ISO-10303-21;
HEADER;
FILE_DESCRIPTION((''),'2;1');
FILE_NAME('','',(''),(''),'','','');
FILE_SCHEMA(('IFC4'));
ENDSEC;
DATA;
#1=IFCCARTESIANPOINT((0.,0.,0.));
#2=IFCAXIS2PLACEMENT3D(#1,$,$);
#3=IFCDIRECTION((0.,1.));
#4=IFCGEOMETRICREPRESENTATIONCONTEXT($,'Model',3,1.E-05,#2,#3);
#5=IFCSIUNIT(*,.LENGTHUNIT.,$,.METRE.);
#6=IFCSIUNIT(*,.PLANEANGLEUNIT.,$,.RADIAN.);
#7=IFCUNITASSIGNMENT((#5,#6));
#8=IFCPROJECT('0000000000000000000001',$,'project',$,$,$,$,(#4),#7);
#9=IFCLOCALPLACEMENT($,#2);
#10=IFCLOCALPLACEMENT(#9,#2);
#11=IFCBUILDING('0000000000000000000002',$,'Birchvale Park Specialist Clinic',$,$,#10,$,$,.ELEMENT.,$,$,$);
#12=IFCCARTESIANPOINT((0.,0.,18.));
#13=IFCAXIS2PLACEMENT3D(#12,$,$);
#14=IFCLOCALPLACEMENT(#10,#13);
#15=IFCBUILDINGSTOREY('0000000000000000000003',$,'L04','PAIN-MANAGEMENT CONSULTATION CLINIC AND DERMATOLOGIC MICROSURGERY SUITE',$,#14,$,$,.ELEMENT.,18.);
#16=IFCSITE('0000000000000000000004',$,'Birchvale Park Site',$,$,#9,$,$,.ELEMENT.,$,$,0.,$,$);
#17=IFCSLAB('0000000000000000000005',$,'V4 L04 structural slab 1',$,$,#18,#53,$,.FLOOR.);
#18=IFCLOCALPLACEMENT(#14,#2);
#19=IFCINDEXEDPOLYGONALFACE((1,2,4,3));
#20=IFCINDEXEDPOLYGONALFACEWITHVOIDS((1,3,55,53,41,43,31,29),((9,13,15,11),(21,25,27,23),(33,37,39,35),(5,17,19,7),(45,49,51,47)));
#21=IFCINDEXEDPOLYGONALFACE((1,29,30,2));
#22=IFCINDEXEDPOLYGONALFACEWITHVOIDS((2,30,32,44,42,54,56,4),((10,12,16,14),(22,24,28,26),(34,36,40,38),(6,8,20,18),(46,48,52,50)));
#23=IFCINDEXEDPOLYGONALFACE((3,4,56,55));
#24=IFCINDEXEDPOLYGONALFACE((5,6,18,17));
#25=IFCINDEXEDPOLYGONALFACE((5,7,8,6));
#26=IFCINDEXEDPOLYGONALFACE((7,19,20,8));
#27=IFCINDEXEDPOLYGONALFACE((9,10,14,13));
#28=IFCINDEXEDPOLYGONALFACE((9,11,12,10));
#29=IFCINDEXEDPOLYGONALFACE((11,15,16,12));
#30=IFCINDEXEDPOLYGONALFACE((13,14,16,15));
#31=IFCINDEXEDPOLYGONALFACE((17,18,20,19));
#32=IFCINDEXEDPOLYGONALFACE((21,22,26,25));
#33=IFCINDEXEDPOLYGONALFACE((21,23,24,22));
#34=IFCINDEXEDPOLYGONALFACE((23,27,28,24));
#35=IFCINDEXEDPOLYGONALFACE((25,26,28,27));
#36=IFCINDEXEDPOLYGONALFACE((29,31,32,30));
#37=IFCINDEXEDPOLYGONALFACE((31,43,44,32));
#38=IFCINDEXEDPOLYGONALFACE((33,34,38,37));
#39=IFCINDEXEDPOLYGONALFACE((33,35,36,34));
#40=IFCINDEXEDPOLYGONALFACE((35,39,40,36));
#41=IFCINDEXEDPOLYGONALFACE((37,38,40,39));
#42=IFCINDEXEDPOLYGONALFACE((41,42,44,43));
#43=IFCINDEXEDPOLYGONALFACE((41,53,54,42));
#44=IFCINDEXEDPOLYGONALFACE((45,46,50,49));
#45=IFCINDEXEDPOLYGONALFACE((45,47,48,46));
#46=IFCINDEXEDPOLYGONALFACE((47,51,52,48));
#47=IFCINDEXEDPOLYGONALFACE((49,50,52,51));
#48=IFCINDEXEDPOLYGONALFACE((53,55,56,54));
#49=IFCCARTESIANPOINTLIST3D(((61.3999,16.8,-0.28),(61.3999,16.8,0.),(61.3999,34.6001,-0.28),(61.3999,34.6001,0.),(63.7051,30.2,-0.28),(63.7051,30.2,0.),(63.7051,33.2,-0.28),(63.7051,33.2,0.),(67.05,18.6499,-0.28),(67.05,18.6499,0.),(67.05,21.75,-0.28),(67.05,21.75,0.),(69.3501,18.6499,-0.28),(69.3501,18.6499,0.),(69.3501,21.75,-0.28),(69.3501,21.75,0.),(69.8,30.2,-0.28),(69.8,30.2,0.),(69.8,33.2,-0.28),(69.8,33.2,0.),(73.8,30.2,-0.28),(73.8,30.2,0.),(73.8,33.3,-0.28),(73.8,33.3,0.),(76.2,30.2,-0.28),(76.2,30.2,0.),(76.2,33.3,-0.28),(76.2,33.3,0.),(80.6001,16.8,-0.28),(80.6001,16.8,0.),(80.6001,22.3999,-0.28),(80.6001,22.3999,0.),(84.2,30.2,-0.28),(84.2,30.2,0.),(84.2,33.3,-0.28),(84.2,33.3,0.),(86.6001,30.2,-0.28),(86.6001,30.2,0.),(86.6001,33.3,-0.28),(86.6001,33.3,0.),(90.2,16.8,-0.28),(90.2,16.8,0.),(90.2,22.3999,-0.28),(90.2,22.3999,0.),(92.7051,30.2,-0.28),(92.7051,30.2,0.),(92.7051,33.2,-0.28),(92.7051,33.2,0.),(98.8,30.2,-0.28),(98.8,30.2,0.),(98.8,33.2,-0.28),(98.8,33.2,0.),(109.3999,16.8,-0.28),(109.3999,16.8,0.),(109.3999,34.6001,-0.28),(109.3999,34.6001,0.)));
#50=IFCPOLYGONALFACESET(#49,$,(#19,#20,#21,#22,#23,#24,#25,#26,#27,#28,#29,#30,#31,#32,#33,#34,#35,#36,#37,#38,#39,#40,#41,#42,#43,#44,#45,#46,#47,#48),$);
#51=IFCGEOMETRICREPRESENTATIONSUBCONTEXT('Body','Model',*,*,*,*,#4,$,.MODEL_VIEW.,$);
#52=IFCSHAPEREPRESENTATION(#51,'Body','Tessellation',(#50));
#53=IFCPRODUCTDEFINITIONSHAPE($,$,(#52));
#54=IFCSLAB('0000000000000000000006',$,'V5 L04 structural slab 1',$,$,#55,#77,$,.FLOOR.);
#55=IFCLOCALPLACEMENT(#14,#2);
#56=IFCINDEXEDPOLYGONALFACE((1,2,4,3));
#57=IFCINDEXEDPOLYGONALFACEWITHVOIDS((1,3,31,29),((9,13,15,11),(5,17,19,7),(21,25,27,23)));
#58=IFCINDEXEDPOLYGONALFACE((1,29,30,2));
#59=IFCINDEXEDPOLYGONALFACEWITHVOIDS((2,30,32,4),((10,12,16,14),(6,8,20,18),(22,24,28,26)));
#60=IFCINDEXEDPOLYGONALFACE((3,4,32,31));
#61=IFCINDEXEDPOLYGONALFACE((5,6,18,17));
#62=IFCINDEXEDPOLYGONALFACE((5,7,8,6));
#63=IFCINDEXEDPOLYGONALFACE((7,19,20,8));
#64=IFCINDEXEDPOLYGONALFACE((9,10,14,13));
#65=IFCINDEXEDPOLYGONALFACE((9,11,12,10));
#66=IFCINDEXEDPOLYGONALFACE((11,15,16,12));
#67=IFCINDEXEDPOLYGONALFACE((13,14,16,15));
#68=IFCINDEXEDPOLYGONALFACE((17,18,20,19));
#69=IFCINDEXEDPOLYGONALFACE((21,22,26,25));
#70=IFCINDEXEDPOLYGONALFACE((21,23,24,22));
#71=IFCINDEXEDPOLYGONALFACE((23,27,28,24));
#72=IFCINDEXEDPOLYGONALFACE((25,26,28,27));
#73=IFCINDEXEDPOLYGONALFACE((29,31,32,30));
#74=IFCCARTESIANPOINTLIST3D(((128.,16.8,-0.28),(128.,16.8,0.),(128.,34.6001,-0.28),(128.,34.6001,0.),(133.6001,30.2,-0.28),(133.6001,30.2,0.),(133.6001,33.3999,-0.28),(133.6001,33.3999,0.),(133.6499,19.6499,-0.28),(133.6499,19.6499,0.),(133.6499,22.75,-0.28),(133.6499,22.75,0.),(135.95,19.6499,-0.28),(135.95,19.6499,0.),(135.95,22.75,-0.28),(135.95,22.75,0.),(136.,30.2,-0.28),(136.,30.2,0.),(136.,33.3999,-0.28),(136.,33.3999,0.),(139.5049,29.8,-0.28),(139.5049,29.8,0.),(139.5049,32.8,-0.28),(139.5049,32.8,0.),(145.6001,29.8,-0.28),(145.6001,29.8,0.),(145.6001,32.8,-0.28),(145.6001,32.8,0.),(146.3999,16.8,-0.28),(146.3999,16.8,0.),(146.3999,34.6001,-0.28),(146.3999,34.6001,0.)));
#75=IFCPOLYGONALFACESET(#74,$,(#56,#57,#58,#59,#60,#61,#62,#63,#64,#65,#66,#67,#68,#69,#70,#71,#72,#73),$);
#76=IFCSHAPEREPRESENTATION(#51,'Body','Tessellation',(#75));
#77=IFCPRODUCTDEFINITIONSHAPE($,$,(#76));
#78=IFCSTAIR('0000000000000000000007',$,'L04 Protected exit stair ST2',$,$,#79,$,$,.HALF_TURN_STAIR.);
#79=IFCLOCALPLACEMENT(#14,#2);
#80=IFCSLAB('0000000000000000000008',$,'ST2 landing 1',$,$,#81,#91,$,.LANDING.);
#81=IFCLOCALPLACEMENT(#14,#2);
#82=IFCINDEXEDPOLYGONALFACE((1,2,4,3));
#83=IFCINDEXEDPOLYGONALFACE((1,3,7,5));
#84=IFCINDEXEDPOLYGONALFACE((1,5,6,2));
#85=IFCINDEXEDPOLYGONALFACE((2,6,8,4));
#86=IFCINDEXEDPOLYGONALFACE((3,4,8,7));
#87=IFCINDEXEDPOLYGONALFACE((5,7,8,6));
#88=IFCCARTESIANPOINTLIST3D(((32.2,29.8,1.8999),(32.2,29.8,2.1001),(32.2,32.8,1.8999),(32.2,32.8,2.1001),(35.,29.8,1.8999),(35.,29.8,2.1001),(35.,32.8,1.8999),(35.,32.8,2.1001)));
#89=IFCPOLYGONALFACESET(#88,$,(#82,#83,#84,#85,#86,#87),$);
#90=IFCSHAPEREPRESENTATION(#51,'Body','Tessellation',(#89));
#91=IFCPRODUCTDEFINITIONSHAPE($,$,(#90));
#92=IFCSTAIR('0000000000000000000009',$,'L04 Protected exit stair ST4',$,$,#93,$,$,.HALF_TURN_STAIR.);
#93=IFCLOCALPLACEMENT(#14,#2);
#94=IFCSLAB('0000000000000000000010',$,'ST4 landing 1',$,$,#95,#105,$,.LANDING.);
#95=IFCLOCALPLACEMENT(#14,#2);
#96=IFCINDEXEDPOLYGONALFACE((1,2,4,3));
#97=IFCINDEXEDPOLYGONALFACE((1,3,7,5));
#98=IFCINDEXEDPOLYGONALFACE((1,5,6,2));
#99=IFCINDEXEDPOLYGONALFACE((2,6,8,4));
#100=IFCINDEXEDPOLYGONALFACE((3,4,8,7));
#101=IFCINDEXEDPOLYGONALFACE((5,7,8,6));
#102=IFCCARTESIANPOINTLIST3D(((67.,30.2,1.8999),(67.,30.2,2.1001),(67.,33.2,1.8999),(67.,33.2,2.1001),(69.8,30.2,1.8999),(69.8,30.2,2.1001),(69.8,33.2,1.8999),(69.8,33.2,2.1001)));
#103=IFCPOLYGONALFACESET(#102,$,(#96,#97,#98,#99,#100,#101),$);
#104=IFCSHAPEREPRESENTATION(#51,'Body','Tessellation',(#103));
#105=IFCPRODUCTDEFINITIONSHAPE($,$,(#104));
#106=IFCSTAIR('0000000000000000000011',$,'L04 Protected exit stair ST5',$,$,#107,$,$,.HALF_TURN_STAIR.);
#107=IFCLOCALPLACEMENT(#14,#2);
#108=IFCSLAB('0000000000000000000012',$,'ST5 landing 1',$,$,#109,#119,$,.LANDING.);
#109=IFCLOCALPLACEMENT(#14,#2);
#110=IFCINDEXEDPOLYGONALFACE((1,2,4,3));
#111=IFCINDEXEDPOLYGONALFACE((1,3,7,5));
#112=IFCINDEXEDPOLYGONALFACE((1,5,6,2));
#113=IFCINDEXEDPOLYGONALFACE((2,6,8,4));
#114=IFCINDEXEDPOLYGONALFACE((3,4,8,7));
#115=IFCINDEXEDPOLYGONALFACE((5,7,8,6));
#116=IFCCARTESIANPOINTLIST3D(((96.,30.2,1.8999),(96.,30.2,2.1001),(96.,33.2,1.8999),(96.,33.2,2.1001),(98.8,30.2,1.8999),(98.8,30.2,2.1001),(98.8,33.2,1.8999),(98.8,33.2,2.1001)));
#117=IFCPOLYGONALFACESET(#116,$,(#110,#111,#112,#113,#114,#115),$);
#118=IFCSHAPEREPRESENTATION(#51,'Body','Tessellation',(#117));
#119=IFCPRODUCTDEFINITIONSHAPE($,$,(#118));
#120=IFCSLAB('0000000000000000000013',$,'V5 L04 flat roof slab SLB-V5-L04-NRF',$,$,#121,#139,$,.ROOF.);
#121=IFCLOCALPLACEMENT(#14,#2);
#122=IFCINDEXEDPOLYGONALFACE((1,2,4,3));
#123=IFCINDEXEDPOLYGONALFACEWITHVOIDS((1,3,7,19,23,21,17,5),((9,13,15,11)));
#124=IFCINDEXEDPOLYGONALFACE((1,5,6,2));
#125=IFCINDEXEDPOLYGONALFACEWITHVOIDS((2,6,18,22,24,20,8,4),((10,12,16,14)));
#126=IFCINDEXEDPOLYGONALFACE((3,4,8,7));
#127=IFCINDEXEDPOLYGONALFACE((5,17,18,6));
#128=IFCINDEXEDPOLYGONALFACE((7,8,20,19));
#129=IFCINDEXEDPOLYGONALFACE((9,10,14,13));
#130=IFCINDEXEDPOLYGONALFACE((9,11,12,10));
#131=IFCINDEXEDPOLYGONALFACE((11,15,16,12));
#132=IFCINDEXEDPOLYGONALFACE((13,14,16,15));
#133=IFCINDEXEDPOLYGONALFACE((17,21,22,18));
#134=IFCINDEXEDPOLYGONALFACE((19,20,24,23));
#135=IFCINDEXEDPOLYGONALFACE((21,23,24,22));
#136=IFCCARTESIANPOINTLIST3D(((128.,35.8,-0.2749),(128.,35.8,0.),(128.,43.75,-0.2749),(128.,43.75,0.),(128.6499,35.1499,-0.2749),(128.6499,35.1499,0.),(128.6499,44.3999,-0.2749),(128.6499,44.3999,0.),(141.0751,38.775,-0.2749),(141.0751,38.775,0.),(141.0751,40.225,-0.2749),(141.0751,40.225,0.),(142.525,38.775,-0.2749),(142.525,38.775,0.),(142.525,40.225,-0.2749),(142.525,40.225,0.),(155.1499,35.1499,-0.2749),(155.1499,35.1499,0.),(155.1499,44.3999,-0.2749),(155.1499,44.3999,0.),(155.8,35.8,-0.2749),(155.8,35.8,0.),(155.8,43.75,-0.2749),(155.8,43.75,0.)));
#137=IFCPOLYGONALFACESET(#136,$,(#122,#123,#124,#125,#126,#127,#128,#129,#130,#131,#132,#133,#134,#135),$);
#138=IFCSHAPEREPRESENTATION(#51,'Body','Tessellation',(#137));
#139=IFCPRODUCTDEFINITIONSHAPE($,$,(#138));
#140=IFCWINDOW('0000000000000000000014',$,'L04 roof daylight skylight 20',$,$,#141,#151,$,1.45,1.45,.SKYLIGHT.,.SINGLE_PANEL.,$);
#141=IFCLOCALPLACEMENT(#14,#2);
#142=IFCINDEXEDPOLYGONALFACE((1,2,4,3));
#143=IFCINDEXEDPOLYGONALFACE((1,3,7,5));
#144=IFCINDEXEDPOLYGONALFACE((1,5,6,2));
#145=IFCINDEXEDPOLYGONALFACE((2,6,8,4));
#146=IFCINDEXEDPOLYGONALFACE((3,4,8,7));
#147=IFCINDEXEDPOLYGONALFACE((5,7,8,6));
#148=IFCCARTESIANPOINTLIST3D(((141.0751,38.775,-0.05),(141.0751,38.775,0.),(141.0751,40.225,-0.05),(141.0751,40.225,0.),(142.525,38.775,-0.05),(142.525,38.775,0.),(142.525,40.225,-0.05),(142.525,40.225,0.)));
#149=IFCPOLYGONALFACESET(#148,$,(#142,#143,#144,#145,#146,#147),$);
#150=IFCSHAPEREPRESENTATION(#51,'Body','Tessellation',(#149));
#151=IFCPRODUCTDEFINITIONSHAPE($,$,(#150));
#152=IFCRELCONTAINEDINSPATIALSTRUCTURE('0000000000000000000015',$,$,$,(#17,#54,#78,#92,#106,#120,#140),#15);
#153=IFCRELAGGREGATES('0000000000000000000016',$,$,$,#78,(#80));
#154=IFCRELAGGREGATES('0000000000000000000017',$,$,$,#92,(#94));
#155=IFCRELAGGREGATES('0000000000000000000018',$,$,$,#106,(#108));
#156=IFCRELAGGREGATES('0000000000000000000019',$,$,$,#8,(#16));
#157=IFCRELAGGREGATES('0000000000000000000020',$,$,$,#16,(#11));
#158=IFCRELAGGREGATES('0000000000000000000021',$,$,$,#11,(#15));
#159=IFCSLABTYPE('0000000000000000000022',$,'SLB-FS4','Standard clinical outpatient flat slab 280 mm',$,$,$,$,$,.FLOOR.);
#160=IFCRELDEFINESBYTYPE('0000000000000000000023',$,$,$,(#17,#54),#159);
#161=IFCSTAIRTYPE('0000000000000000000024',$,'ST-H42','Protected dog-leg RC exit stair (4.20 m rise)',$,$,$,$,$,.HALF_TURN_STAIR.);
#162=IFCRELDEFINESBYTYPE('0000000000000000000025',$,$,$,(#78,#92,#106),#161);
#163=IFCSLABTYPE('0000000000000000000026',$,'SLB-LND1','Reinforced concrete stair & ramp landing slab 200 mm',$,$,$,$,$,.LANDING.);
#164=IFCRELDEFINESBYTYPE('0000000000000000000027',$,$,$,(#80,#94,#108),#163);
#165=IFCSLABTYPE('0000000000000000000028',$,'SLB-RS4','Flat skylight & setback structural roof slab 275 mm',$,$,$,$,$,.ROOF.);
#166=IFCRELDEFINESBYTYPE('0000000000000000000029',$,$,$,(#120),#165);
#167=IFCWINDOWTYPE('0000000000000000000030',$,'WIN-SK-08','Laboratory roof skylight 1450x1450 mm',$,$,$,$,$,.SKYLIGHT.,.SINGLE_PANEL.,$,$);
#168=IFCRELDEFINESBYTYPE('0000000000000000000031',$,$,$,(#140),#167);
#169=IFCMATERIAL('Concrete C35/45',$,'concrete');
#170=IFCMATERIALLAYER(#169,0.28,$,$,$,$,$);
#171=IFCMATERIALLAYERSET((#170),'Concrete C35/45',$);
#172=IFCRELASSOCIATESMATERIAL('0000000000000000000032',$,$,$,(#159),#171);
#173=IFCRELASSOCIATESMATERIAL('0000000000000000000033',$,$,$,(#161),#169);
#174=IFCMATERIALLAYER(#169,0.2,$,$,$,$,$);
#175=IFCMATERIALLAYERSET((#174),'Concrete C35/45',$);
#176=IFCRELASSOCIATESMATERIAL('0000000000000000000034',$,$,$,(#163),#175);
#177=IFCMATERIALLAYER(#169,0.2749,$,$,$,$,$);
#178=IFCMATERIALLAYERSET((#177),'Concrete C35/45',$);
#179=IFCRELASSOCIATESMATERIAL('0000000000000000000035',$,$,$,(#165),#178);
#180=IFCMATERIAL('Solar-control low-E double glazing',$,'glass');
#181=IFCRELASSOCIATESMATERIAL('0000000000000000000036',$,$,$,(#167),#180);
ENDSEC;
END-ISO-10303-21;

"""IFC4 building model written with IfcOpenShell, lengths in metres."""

from ifc_helpers import new_model, si_unit, direction, frame, origin, origin_2d, place, context, subcontext, project, spatial, polyline, rectangle, outline, extrude, material, layer, layer_set, type_object, element, fill, aggregate, save


model = new_model("IFC4")

# Units and contexts
model_context = context("Model", 3, precision=1e-05, world=origin(), true_north=direction((0.0, 1.0)))
body_context = subcontext(model_context, "Body", "Model", "MODEL_VIEW")
ifc_project = project(units=[si_unit("LENGTHUNIT", "METRE"), si_unit("PLANEANGLEUNIT", "RADIAN")], contexts=[model_context])

# Site, building, storey
site_placement = place(None, origin())
site = spatial("IfcSite", under=ifc_project, at=site_placement, Name="Birchvale Park Site", CompositionType="ELEMENT", RefElevation=0.0)
building_placement = place(site_placement, origin())
building = spatial("IfcBuilding", under=site, at=building_placement, Name="Birchvale Park Specialist Clinic", CompositionType="ELEMENT")
storey_placement = place(building_placement, frame((0.0, 0.0, 18.0)))
storey = spatial("IfcBuildingStorey", under=building, at=storey_placement, Name="L04", Description="PAIN-MANAGEMENT CONSULTATION CLINIC AND DERMATOLOGIC MICROSURGERY SUITE", CompositionType="ELEMENT", Elevation=18.0)

# Shared definitions
ifc_material_1 = material(Name="Solar-control low-E double glazing", Category="glass")

# Slabs
ifc_material_2 = material(Name="Concrete C35/45", Category="concrete")
ifc_layer_1 = layer(ifc_material_2, 0.28)
ifc_layer_set_1 = layer_set([ifc_layer_1], Name="Concrete C35/45")
slab_type_1 = type_object("IfcSlabType", Name="SLB-FS4", Description="Standard clinical outpatient flat slab 280 mm", PredefinedType="FLOOR", material=ifc_layer_set_1)
slab_1_placement = place(storey_placement, frame((0.0, 0.0, -0.28)))
element("IfcSlab", 1, at=slab_1_placement, inside=storey, type_object=slab_type_1, Name="V4 L04 structural slab 1", PredefinedType="FLOOR", context=body_context, shape_type="SweptSolid", body=[
    extrude(outline(polyline([(61.3999, 16.8), (80.6001, 16.8), (80.6001, 22.3999), (90.2, 22.3999), (90.2, 16.8), (109.3999, 16.8), (109.3999, 34.6001), (61.3999, 34.6001), (61.3999, 16.8)]), holes=[polyline([(63.7051, 30.2), (69.8, 30.2), (69.8, 33.2), (63.7051, 33.2), (63.7051, 30.2)]), polyline([(92.7051, 30.2), (98.8, 30.2), (98.8, 33.2), (92.7051, 33.2), (92.7051, 30.2)]), polyline([(73.8, 30.2), (76.2, 30.2), (76.2, 33.3), (73.8, 33.3), (73.8, 30.2)]), polyline([(84.2, 30.2), (86.6001, 30.2), (86.6001, 33.3), (84.2, 33.3), (84.2, 30.2)]), polyline([(67.05, 18.6499), (69.3501, 18.6499), (69.3501, 21.75), (67.05, 21.75), (67.05, 18.6499)])]), origin(), (0.0, 0.0, 1.0), 0.28),
])
slab_2_placement = place(storey_placement, frame((0.0, 0.0, -0.28)))
element("IfcSlab", 2, at=slab_2_placement, inside=storey, type_object=slab_type_1, Name="V5 L04 structural slab 1", PredefinedType="FLOOR", context=body_context, shape_type="SweptSolid", body=[
    extrude(outline(polyline([(128.0, 16.8), (146.3999, 16.8), (146.3999, 34.6001), (128.0, 34.6001), (128.0, 16.8)]), holes=[polyline([(139.5049, 29.8), (145.6001, 29.8), (145.6001, 32.8), (139.5049, 32.8), (139.5049, 29.8)]), polyline([(133.6499, 19.6499), (135.95, 19.6499), (135.95, 22.75), (133.6499, 22.75), (133.6499, 19.6499)]), polyline([(133.6001, 30.2), (136.0, 30.2), (136.0, 33.3999), (133.6001, 33.3999), (133.6001, 30.2)])]), origin(), (0.0, 0.0, 1.0), 0.28),
])

# Stairs, slabs
stair_type = type_object("IfcStairType", Name="ST-H42", Description="Protected dog-leg RC exit stair (4.20 m rise)", PredefinedType="HALF_TURN_STAIR", material=ifc_material_2)
stair_1_placement = place(storey_placement, origin())
stair_1 = element("IfcStair", 3, at=stair_1_placement, inside=storey, type_object=stair_type, Name="L04 Protected exit stair ST2", PredefinedType="HALF_TURN_STAIR")
ifc_layer_2 = layer(ifc_material_2, 0.2)
ifc_layer_set_2 = layer_set([ifc_layer_2], Name="Concrete C35/45")
slab_type_2 = type_object("IfcSlabType", Name="SLB-LND1", Description="Reinforced concrete stair & ramp landing slab 200 mm", PredefinedType="LANDING", material=ifc_layer_set_2)
slab_3_placement = place(storey_placement, frame((0.0, 0.0, 1.8999)))
slab_3 = element("IfcSlab", 4, at=slab_3_placement, type_object=slab_type_2, Name="ST2 landing 1", PredefinedType="LANDING", context=body_context, shape_type="SweptSolid", body=[
    extrude(outline(polyline([(32.2, 29.8), (35.0, 29.8), (35.0, 32.8), (32.2, 32.8), (32.2, 29.8)])), origin(), (0.0, 0.0, 1.0), 0.2002),
])
aggregate(stair_1, [slab_3])
stair_2_placement = place(storey_placement, origin())
stair_2 = element("IfcStair", 5, at=stair_2_placement, inside=storey, type_object=stair_type, Name="L04 Protected exit stair ST4", PredefinedType="HALF_TURN_STAIR")
slab_4_placement = place(storey_placement, frame((0.0, 0.0, 1.8999)))
slab_4 = element("IfcSlab", 6, at=slab_4_placement, type_object=slab_type_2, Name="ST4 landing 1", PredefinedType="LANDING", context=body_context, shape_type="SweptSolid", body=[
    extrude(outline(polyline([(67.0, 30.2), (69.8, 30.2), (69.8, 33.2), (67.0, 33.2), (67.0, 30.2)])), origin(), (0.0, 0.0, 1.0), 0.2002),
])
aggregate(stair_2, [slab_4])
stair_3_placement = place(storey_placement, origin())
stair_3 = element("IfcStair", 7, at=stair_3_placement, inside=storey, type_object=stair_type, Name="L04 Protected exit stair ST5", PredefinedType="HALF_TURN_STAIR")
slab_5_placement = place(storey_placement, frame((0.0, 0.0, 1.8999)))
slab_5 = element("IfcSlab", 8, at=slab_5_placement, type_object=slab_type_2, Name="ST5 landing 1", PredefinedType="LANDING", context=body_context, shape_type="SweptSolid", body=[
    extrude(outline(polyline([(96.0, 30.2), (98.8, 30.2), (98.8, 33.2), (96.0, 33.2), (96.0, 30.2)])), origin(), (0.0, 0.0, 1.0), 0.2002),
])
aggregate(stair_3, [slab_5])

# Slab, opening, window
ifc_layer_3 = layer(ifc_material_2, 0.2749)
ifc_layer_set_3 = layer_set([ifc_layer_3], Name="Concrete C35/45")
slab_type_3 = type_object("IfcSlabType", Name="SLB-RS4", Description="Flat skylight & setback structural roof slab 275 mm", PredefinedType="ROOF", material=ifc_layer_set_3)
slab_6_placement = place(storey_placement, frame((0.0, 0.0, -0.2749)))
slab_6 = element("IfcSlab", 9, at=slab_6_placement, inside=storey, type_object=slab_type_3, Name="V5 L04 flat roof slab SLB-V5-L04-NRF", PredefinedType="ROOF", context=body_context, shape_type="SweptSolid", body=[
    extrude(outline(polyline([(128.6499, 35.1499), (155.1499, 35.1499), (155.8, 35.8), (155.8, 43.75), (155.1499, 44.3999), (128.6499, 44.3999), (128.0, 43.75), (128.0, 35.8), (128.6499, 35.1499)])), origin(), (0.0, 0.0, 1.0), 0.2749),
])
opening_1_placement = place(slab_6_placement, frame((141.8, 39.5, 0.0)))
opening_1 = element("IfcOpeningElement", 10, at=opening_1_placement, cuts=slab_6, PredefinedType="OPENING", context=body_context, shape_type="SweptSolid", body=[
    extrude(rectangle(XDim=1.45, YDim=1.45, at=origin_2d()), frame((0.0, 0.0, -0.01)), (0.0, 0.0, 1.0), 0.2949),
])
window_type_1 = type_object("IfcWindowType", Name="WIN-SK-08", Description="Laboratory roof skylight 1450x1450 mm", PartitioningType="SINGLE_PANEL", PredefinedType="SKYLIGHT", material=ifc_material_1)
window_1_placement = place(opening_1_placement, frame((0.0, 0.0, 0.2249)))
window_1 = element("IfcWindow", 11, at=window_1_placement, inside=storey, type_object=window_type_1, Name="L04 roof daylight skylight 20", OverallHeight=1.45, OverallWidth=1.45, PartitioningType="SINGLE_PANEL", PredefinedType="SKYLIGHT", context=body_context, shape_type="SweptSolid", body=[
    extrude(rectangle(XDim=1.45, YDim=1.45, at=origin_2d()), origin(), (0.0, 0.0, 1.0), 0.05),
])
fill(opening_1, window_1)

save(model, "model.ifc")
